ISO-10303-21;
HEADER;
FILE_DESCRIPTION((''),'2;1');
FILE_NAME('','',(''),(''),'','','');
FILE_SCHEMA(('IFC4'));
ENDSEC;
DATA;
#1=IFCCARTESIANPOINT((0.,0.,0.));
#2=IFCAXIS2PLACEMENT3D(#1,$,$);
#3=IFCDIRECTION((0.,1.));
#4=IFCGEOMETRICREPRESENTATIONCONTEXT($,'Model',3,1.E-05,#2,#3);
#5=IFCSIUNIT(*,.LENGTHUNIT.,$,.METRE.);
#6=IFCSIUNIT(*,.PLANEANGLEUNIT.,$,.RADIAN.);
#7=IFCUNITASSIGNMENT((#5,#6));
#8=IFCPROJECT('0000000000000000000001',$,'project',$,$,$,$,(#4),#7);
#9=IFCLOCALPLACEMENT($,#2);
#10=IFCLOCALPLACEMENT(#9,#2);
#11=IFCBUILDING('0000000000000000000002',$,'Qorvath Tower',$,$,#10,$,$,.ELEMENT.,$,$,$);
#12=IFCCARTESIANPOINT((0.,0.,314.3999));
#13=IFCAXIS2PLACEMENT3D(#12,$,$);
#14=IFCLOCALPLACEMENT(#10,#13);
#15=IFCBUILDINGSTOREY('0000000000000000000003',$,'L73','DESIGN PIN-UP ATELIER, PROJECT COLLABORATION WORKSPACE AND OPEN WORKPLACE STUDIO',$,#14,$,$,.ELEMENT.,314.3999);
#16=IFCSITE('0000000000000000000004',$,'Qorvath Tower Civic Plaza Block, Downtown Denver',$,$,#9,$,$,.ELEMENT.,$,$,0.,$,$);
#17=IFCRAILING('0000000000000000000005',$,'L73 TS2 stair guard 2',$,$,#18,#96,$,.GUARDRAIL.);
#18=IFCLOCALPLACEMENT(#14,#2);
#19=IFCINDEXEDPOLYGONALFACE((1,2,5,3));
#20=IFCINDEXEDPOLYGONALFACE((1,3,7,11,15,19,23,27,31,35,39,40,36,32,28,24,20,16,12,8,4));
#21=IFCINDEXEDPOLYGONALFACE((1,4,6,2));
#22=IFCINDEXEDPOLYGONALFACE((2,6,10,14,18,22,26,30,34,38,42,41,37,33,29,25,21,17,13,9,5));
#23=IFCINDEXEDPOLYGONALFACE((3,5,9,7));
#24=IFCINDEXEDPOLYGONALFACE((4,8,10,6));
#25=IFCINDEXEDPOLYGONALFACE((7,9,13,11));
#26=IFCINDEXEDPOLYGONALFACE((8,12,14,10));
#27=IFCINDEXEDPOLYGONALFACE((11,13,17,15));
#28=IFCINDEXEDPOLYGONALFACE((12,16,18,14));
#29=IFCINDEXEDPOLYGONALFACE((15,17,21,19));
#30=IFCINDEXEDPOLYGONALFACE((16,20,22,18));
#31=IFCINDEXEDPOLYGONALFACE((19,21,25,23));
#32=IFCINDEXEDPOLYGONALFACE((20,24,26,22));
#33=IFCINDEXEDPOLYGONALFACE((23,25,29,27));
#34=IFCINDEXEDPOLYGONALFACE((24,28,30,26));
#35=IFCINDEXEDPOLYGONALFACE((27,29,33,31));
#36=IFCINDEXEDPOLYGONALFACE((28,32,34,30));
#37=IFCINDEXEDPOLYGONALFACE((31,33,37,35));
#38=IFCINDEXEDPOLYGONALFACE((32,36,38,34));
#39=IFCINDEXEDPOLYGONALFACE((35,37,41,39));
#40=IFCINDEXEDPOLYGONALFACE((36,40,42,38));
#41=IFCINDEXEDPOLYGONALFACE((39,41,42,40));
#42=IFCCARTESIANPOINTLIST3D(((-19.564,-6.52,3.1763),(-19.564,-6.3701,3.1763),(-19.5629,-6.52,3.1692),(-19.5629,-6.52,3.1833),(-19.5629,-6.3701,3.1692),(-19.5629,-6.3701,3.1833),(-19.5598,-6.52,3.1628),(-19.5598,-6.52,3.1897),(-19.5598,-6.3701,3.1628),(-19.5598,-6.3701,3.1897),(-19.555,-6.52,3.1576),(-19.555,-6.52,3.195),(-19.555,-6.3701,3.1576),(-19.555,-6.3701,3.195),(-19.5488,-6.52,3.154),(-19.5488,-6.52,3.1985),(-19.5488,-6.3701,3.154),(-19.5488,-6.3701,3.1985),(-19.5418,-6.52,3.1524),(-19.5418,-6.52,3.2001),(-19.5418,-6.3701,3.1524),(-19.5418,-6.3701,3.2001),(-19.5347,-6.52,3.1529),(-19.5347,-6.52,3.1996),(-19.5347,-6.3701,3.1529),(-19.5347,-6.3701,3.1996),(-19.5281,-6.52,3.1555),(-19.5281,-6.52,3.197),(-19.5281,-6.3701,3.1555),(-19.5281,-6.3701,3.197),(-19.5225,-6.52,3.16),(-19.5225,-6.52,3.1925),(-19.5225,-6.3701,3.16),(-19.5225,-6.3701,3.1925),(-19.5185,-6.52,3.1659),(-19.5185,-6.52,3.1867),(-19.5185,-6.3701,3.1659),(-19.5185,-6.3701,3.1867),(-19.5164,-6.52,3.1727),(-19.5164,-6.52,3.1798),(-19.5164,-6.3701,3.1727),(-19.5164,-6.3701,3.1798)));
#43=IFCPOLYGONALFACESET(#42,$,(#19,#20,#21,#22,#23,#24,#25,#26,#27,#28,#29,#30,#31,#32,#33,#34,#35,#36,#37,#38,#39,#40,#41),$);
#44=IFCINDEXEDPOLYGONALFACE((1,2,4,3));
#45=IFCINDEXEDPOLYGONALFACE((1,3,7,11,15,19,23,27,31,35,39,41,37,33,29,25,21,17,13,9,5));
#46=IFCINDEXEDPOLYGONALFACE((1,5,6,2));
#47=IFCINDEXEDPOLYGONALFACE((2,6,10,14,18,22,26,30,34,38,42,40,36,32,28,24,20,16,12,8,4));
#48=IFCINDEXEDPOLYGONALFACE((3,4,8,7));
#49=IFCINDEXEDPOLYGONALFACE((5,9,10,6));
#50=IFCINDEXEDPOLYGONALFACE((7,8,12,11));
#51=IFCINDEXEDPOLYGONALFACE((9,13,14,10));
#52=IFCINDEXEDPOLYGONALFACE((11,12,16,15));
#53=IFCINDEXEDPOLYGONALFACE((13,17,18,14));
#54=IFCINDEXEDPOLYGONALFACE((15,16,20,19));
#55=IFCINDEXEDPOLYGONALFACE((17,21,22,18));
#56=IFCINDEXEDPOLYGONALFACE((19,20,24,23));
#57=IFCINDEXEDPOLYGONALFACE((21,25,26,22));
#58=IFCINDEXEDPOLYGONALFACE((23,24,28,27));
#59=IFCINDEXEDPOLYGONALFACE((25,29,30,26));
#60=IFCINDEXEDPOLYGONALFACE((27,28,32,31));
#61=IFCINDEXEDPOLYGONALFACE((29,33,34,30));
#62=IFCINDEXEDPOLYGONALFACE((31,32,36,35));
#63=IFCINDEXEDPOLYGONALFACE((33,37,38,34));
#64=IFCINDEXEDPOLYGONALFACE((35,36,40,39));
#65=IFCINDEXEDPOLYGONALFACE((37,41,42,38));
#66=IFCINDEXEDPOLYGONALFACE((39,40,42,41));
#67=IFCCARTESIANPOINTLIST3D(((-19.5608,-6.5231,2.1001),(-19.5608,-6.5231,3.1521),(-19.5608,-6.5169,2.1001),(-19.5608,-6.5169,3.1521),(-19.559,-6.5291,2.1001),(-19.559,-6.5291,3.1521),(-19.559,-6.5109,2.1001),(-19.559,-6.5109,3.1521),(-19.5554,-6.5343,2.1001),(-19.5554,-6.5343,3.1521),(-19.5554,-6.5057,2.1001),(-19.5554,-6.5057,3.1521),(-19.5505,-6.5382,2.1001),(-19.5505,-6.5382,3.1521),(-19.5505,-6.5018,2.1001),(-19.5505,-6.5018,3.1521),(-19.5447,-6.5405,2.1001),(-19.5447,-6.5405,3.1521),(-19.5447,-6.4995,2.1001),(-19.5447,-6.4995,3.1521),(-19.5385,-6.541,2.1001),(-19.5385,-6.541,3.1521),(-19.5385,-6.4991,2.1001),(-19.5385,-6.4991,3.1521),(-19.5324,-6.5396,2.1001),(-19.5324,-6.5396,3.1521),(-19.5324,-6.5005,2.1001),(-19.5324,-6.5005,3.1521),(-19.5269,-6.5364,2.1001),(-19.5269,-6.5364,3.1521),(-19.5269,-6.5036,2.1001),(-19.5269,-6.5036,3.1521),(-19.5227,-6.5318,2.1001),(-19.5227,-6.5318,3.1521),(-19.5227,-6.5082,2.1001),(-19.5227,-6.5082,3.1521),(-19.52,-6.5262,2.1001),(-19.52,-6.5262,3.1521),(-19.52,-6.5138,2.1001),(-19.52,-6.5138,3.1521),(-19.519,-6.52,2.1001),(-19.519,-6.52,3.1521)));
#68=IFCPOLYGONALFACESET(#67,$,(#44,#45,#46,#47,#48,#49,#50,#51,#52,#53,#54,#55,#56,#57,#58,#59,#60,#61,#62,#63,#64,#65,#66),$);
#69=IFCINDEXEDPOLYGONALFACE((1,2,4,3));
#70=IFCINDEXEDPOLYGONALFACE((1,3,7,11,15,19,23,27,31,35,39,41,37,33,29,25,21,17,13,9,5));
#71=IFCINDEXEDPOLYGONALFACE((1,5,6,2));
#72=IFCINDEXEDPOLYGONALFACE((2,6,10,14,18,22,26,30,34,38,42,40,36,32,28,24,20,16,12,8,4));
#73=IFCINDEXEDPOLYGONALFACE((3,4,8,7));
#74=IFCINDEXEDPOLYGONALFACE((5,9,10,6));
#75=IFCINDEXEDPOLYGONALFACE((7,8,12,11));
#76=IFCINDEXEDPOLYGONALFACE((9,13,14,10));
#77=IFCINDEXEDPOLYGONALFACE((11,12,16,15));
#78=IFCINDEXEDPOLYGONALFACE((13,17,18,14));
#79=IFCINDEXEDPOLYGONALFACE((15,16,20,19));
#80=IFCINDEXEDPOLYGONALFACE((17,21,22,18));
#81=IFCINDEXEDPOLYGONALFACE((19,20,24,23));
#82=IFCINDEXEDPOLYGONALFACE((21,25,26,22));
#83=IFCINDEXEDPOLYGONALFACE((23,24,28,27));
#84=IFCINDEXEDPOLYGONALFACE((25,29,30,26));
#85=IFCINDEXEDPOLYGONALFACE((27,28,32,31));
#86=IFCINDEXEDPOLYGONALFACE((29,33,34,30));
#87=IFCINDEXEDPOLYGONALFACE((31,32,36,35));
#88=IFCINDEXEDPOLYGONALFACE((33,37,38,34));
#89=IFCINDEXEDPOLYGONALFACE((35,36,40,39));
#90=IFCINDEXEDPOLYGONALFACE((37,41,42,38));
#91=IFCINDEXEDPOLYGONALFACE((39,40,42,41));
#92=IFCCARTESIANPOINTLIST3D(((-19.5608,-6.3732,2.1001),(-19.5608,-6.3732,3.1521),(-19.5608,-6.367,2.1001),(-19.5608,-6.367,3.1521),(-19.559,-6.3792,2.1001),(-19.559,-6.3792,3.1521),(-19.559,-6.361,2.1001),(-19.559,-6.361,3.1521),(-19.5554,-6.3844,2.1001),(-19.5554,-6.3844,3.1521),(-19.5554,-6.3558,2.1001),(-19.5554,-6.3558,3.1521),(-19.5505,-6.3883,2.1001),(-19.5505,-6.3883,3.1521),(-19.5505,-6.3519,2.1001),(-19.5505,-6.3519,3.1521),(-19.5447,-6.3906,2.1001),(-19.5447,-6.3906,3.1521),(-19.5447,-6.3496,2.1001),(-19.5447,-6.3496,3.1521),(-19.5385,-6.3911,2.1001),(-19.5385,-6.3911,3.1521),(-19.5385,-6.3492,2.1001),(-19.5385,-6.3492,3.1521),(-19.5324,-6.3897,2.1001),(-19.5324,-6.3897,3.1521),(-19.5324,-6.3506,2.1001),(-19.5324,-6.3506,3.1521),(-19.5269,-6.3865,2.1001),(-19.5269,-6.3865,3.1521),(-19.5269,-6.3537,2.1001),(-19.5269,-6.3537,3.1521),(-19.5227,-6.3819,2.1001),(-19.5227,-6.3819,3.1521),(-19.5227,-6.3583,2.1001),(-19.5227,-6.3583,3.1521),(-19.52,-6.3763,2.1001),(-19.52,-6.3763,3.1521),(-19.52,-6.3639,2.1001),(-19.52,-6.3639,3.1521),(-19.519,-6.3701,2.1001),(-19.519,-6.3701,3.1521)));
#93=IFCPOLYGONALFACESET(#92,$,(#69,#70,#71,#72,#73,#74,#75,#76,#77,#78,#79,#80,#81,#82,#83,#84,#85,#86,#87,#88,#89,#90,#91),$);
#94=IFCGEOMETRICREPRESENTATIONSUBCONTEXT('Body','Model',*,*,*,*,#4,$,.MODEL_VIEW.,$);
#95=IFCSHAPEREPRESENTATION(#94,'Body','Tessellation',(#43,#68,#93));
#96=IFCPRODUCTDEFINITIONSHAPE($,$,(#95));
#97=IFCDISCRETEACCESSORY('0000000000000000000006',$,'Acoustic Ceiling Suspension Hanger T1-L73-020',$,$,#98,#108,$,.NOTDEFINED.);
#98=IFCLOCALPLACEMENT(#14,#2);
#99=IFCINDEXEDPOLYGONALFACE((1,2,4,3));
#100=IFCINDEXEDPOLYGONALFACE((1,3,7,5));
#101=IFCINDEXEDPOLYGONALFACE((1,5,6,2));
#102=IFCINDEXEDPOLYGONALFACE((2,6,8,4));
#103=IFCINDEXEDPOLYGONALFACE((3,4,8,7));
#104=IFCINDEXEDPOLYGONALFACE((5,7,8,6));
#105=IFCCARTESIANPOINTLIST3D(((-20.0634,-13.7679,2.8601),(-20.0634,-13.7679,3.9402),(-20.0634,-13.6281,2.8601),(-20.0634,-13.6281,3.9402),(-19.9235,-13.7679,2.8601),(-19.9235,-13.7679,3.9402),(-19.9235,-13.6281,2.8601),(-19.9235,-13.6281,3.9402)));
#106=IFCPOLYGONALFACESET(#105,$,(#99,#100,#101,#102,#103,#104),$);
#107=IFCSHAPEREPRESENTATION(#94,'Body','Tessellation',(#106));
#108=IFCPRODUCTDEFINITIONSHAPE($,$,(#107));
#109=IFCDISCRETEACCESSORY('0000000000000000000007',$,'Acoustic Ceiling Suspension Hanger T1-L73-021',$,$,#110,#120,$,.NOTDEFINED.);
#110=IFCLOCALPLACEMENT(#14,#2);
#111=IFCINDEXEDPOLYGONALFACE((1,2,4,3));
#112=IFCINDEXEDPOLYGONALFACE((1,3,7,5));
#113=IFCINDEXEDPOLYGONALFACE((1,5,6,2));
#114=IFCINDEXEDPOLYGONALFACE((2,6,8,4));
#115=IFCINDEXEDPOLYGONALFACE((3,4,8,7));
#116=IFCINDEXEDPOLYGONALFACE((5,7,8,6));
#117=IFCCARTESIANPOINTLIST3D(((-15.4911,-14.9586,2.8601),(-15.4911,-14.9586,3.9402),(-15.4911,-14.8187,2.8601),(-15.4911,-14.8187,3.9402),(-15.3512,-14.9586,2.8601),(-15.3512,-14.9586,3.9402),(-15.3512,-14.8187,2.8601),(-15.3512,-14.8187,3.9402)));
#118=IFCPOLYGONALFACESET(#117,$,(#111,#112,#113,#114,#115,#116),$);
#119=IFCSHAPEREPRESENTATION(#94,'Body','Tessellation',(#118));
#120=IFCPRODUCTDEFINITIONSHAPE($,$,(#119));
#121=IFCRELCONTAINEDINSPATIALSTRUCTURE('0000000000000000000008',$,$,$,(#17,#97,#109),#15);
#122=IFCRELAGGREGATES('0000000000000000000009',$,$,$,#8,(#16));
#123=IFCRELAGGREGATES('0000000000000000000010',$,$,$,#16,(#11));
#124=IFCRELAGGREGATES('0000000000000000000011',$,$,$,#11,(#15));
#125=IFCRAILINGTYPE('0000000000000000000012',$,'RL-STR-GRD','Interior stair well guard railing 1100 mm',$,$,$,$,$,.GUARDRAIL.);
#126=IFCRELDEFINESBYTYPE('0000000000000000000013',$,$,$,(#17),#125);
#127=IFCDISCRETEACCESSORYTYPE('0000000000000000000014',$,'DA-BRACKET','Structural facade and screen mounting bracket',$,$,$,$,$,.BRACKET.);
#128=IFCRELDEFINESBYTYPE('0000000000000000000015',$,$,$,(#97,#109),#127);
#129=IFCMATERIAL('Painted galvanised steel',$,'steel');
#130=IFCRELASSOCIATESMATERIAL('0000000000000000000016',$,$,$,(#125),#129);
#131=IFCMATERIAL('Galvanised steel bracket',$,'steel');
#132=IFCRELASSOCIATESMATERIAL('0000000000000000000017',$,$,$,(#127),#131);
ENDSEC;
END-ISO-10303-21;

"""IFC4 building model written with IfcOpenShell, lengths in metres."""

from ifc_helpers import new_model, si_unit, direction, frame, origin, origin_2d, place, context, subcontext, project, spatial, rectangle, circle, extrude, material, type_object, element, save


model = new_model("IFC4")

# Units and contexts
model_context = context("Model", 3, precision=1e-05, world=origin(), true_north=direction((0.0, 1.0)))
body_context = subcontext(model_context, "Body", "Model", "MODEL_VIEW")
ifc_project = project(units=[si_unit("LENGTHUNIT", "METRE"), si_unit("PLANEANGLEUNIT", "RADIAN")], contexts=[model_context])

# Site, building, storey
site_placement = place(None, origin())
site = spatial("IfcSite", under=ifc_project, at=site_placement, Name="Qorvath Tower Civic Plaza Block, Downtown Denver", CompositionType="ELEMENT", RefElevation=0.0)
building_placement = place(site_placement, origin())
building = spatial("IfcBuilding", under=site, at=building_placement, Name="Qorvath Tower", CompositionType="ELEMENT")
storey_placement = place(building_placement, frame((0.0, 0.0, 314.3999)))
storey = spatial("IfcBuildingStorey", under=building, at=storey_placement, Name="L73", Description="DESIGN PIN-UP ATELIER, PROJECT COLLABORATION WORKSPACE AND OPEN WORKPLACE STUDIO", CompositionType="ELEMENT", Elevation=314.3999)

# Railing
ifc_material_1 = material(Name="Painted galvanised steel", Category="steel")
railing_type = type_object("IfcRailingType", Name="RL-STR-GRD", Description="Interior stair well guard railing 1100 mm", PredefinedType="GUARDRAIL", material=ifc_material_1)
railing_placement = place(storey_placement, frame((-19.54, -6.52, 2.1001)))
element("IfcRailing", 1, at=railing_placement, inside=storey, type_object=railing_type, Name="L73 TS2 stair guard 2", PredefinedType="GUARDRAIL", context=body_context, shape_type="SweptSolid", body=[
    extrude(circle(Radius=0.0239, at=origin_2d()), frame((0.0, 0.0, 1.0762), z_axis=(0.0, 1.0, 0.0), x_axis=(-1.0, 0.0, 0.0)), (0.0, 0.0, 1.0), 0.1499),
    extrude(circle(Radius=0.021, at=origin_2d()), origin(), (0.0, 0.0, 1.0), 1.052),
    extrude(circle(Radius=0.021, at=origin_2d()), frame((0.0, 0.1499, 0.0)), (0.0, 0.0, 1.0), 1.052),
])

# Discrete accessories
ifc_material_2 = material(Name="Galvanised steel bracket", Category="steel")
discrete_accessory_type = type_object("IfcDiscreteAccessoryType", Name="DA-BRACKET", Description="Structural facade and screen mounting bracket", PredefinedType="BRACKET", material=ifc_material_2)
for number, where, z_axis, x_axis, name in (
    (2, (-19.9934, -13.698, 2.8601), (0.0, 0.0, 1.0), (1.0, 0.0, 0.0), "Acoustic Ceiling Suspension Hanger T1-L73-020"),
    (3, (-15.4211, -14.8887, 2.8601), (0.0, 0.0, 1.0), (1.0, 0.0, 0.0), "Acoustic Ceiling Suspension Hanger T1-L73-021"),
):
    element("IfcDiscreteAccessory", number, at=place(storey_placement, frame(where, z_axis=z_axis, x_axis=x_axis)), inside=storey, type_object=discrete_accessory_type, Name=name, PredefinedType="NOTDEFINED", context=body_context, shape_type="SweptSolid", body=[
        extrude(rectangle(XDim=0.1399, YDim=0.1399, at=origin_2d()), origin(), (0.0, 0.0, 1.0), 1.0801),
    ])

save(model, "model.ifc")
